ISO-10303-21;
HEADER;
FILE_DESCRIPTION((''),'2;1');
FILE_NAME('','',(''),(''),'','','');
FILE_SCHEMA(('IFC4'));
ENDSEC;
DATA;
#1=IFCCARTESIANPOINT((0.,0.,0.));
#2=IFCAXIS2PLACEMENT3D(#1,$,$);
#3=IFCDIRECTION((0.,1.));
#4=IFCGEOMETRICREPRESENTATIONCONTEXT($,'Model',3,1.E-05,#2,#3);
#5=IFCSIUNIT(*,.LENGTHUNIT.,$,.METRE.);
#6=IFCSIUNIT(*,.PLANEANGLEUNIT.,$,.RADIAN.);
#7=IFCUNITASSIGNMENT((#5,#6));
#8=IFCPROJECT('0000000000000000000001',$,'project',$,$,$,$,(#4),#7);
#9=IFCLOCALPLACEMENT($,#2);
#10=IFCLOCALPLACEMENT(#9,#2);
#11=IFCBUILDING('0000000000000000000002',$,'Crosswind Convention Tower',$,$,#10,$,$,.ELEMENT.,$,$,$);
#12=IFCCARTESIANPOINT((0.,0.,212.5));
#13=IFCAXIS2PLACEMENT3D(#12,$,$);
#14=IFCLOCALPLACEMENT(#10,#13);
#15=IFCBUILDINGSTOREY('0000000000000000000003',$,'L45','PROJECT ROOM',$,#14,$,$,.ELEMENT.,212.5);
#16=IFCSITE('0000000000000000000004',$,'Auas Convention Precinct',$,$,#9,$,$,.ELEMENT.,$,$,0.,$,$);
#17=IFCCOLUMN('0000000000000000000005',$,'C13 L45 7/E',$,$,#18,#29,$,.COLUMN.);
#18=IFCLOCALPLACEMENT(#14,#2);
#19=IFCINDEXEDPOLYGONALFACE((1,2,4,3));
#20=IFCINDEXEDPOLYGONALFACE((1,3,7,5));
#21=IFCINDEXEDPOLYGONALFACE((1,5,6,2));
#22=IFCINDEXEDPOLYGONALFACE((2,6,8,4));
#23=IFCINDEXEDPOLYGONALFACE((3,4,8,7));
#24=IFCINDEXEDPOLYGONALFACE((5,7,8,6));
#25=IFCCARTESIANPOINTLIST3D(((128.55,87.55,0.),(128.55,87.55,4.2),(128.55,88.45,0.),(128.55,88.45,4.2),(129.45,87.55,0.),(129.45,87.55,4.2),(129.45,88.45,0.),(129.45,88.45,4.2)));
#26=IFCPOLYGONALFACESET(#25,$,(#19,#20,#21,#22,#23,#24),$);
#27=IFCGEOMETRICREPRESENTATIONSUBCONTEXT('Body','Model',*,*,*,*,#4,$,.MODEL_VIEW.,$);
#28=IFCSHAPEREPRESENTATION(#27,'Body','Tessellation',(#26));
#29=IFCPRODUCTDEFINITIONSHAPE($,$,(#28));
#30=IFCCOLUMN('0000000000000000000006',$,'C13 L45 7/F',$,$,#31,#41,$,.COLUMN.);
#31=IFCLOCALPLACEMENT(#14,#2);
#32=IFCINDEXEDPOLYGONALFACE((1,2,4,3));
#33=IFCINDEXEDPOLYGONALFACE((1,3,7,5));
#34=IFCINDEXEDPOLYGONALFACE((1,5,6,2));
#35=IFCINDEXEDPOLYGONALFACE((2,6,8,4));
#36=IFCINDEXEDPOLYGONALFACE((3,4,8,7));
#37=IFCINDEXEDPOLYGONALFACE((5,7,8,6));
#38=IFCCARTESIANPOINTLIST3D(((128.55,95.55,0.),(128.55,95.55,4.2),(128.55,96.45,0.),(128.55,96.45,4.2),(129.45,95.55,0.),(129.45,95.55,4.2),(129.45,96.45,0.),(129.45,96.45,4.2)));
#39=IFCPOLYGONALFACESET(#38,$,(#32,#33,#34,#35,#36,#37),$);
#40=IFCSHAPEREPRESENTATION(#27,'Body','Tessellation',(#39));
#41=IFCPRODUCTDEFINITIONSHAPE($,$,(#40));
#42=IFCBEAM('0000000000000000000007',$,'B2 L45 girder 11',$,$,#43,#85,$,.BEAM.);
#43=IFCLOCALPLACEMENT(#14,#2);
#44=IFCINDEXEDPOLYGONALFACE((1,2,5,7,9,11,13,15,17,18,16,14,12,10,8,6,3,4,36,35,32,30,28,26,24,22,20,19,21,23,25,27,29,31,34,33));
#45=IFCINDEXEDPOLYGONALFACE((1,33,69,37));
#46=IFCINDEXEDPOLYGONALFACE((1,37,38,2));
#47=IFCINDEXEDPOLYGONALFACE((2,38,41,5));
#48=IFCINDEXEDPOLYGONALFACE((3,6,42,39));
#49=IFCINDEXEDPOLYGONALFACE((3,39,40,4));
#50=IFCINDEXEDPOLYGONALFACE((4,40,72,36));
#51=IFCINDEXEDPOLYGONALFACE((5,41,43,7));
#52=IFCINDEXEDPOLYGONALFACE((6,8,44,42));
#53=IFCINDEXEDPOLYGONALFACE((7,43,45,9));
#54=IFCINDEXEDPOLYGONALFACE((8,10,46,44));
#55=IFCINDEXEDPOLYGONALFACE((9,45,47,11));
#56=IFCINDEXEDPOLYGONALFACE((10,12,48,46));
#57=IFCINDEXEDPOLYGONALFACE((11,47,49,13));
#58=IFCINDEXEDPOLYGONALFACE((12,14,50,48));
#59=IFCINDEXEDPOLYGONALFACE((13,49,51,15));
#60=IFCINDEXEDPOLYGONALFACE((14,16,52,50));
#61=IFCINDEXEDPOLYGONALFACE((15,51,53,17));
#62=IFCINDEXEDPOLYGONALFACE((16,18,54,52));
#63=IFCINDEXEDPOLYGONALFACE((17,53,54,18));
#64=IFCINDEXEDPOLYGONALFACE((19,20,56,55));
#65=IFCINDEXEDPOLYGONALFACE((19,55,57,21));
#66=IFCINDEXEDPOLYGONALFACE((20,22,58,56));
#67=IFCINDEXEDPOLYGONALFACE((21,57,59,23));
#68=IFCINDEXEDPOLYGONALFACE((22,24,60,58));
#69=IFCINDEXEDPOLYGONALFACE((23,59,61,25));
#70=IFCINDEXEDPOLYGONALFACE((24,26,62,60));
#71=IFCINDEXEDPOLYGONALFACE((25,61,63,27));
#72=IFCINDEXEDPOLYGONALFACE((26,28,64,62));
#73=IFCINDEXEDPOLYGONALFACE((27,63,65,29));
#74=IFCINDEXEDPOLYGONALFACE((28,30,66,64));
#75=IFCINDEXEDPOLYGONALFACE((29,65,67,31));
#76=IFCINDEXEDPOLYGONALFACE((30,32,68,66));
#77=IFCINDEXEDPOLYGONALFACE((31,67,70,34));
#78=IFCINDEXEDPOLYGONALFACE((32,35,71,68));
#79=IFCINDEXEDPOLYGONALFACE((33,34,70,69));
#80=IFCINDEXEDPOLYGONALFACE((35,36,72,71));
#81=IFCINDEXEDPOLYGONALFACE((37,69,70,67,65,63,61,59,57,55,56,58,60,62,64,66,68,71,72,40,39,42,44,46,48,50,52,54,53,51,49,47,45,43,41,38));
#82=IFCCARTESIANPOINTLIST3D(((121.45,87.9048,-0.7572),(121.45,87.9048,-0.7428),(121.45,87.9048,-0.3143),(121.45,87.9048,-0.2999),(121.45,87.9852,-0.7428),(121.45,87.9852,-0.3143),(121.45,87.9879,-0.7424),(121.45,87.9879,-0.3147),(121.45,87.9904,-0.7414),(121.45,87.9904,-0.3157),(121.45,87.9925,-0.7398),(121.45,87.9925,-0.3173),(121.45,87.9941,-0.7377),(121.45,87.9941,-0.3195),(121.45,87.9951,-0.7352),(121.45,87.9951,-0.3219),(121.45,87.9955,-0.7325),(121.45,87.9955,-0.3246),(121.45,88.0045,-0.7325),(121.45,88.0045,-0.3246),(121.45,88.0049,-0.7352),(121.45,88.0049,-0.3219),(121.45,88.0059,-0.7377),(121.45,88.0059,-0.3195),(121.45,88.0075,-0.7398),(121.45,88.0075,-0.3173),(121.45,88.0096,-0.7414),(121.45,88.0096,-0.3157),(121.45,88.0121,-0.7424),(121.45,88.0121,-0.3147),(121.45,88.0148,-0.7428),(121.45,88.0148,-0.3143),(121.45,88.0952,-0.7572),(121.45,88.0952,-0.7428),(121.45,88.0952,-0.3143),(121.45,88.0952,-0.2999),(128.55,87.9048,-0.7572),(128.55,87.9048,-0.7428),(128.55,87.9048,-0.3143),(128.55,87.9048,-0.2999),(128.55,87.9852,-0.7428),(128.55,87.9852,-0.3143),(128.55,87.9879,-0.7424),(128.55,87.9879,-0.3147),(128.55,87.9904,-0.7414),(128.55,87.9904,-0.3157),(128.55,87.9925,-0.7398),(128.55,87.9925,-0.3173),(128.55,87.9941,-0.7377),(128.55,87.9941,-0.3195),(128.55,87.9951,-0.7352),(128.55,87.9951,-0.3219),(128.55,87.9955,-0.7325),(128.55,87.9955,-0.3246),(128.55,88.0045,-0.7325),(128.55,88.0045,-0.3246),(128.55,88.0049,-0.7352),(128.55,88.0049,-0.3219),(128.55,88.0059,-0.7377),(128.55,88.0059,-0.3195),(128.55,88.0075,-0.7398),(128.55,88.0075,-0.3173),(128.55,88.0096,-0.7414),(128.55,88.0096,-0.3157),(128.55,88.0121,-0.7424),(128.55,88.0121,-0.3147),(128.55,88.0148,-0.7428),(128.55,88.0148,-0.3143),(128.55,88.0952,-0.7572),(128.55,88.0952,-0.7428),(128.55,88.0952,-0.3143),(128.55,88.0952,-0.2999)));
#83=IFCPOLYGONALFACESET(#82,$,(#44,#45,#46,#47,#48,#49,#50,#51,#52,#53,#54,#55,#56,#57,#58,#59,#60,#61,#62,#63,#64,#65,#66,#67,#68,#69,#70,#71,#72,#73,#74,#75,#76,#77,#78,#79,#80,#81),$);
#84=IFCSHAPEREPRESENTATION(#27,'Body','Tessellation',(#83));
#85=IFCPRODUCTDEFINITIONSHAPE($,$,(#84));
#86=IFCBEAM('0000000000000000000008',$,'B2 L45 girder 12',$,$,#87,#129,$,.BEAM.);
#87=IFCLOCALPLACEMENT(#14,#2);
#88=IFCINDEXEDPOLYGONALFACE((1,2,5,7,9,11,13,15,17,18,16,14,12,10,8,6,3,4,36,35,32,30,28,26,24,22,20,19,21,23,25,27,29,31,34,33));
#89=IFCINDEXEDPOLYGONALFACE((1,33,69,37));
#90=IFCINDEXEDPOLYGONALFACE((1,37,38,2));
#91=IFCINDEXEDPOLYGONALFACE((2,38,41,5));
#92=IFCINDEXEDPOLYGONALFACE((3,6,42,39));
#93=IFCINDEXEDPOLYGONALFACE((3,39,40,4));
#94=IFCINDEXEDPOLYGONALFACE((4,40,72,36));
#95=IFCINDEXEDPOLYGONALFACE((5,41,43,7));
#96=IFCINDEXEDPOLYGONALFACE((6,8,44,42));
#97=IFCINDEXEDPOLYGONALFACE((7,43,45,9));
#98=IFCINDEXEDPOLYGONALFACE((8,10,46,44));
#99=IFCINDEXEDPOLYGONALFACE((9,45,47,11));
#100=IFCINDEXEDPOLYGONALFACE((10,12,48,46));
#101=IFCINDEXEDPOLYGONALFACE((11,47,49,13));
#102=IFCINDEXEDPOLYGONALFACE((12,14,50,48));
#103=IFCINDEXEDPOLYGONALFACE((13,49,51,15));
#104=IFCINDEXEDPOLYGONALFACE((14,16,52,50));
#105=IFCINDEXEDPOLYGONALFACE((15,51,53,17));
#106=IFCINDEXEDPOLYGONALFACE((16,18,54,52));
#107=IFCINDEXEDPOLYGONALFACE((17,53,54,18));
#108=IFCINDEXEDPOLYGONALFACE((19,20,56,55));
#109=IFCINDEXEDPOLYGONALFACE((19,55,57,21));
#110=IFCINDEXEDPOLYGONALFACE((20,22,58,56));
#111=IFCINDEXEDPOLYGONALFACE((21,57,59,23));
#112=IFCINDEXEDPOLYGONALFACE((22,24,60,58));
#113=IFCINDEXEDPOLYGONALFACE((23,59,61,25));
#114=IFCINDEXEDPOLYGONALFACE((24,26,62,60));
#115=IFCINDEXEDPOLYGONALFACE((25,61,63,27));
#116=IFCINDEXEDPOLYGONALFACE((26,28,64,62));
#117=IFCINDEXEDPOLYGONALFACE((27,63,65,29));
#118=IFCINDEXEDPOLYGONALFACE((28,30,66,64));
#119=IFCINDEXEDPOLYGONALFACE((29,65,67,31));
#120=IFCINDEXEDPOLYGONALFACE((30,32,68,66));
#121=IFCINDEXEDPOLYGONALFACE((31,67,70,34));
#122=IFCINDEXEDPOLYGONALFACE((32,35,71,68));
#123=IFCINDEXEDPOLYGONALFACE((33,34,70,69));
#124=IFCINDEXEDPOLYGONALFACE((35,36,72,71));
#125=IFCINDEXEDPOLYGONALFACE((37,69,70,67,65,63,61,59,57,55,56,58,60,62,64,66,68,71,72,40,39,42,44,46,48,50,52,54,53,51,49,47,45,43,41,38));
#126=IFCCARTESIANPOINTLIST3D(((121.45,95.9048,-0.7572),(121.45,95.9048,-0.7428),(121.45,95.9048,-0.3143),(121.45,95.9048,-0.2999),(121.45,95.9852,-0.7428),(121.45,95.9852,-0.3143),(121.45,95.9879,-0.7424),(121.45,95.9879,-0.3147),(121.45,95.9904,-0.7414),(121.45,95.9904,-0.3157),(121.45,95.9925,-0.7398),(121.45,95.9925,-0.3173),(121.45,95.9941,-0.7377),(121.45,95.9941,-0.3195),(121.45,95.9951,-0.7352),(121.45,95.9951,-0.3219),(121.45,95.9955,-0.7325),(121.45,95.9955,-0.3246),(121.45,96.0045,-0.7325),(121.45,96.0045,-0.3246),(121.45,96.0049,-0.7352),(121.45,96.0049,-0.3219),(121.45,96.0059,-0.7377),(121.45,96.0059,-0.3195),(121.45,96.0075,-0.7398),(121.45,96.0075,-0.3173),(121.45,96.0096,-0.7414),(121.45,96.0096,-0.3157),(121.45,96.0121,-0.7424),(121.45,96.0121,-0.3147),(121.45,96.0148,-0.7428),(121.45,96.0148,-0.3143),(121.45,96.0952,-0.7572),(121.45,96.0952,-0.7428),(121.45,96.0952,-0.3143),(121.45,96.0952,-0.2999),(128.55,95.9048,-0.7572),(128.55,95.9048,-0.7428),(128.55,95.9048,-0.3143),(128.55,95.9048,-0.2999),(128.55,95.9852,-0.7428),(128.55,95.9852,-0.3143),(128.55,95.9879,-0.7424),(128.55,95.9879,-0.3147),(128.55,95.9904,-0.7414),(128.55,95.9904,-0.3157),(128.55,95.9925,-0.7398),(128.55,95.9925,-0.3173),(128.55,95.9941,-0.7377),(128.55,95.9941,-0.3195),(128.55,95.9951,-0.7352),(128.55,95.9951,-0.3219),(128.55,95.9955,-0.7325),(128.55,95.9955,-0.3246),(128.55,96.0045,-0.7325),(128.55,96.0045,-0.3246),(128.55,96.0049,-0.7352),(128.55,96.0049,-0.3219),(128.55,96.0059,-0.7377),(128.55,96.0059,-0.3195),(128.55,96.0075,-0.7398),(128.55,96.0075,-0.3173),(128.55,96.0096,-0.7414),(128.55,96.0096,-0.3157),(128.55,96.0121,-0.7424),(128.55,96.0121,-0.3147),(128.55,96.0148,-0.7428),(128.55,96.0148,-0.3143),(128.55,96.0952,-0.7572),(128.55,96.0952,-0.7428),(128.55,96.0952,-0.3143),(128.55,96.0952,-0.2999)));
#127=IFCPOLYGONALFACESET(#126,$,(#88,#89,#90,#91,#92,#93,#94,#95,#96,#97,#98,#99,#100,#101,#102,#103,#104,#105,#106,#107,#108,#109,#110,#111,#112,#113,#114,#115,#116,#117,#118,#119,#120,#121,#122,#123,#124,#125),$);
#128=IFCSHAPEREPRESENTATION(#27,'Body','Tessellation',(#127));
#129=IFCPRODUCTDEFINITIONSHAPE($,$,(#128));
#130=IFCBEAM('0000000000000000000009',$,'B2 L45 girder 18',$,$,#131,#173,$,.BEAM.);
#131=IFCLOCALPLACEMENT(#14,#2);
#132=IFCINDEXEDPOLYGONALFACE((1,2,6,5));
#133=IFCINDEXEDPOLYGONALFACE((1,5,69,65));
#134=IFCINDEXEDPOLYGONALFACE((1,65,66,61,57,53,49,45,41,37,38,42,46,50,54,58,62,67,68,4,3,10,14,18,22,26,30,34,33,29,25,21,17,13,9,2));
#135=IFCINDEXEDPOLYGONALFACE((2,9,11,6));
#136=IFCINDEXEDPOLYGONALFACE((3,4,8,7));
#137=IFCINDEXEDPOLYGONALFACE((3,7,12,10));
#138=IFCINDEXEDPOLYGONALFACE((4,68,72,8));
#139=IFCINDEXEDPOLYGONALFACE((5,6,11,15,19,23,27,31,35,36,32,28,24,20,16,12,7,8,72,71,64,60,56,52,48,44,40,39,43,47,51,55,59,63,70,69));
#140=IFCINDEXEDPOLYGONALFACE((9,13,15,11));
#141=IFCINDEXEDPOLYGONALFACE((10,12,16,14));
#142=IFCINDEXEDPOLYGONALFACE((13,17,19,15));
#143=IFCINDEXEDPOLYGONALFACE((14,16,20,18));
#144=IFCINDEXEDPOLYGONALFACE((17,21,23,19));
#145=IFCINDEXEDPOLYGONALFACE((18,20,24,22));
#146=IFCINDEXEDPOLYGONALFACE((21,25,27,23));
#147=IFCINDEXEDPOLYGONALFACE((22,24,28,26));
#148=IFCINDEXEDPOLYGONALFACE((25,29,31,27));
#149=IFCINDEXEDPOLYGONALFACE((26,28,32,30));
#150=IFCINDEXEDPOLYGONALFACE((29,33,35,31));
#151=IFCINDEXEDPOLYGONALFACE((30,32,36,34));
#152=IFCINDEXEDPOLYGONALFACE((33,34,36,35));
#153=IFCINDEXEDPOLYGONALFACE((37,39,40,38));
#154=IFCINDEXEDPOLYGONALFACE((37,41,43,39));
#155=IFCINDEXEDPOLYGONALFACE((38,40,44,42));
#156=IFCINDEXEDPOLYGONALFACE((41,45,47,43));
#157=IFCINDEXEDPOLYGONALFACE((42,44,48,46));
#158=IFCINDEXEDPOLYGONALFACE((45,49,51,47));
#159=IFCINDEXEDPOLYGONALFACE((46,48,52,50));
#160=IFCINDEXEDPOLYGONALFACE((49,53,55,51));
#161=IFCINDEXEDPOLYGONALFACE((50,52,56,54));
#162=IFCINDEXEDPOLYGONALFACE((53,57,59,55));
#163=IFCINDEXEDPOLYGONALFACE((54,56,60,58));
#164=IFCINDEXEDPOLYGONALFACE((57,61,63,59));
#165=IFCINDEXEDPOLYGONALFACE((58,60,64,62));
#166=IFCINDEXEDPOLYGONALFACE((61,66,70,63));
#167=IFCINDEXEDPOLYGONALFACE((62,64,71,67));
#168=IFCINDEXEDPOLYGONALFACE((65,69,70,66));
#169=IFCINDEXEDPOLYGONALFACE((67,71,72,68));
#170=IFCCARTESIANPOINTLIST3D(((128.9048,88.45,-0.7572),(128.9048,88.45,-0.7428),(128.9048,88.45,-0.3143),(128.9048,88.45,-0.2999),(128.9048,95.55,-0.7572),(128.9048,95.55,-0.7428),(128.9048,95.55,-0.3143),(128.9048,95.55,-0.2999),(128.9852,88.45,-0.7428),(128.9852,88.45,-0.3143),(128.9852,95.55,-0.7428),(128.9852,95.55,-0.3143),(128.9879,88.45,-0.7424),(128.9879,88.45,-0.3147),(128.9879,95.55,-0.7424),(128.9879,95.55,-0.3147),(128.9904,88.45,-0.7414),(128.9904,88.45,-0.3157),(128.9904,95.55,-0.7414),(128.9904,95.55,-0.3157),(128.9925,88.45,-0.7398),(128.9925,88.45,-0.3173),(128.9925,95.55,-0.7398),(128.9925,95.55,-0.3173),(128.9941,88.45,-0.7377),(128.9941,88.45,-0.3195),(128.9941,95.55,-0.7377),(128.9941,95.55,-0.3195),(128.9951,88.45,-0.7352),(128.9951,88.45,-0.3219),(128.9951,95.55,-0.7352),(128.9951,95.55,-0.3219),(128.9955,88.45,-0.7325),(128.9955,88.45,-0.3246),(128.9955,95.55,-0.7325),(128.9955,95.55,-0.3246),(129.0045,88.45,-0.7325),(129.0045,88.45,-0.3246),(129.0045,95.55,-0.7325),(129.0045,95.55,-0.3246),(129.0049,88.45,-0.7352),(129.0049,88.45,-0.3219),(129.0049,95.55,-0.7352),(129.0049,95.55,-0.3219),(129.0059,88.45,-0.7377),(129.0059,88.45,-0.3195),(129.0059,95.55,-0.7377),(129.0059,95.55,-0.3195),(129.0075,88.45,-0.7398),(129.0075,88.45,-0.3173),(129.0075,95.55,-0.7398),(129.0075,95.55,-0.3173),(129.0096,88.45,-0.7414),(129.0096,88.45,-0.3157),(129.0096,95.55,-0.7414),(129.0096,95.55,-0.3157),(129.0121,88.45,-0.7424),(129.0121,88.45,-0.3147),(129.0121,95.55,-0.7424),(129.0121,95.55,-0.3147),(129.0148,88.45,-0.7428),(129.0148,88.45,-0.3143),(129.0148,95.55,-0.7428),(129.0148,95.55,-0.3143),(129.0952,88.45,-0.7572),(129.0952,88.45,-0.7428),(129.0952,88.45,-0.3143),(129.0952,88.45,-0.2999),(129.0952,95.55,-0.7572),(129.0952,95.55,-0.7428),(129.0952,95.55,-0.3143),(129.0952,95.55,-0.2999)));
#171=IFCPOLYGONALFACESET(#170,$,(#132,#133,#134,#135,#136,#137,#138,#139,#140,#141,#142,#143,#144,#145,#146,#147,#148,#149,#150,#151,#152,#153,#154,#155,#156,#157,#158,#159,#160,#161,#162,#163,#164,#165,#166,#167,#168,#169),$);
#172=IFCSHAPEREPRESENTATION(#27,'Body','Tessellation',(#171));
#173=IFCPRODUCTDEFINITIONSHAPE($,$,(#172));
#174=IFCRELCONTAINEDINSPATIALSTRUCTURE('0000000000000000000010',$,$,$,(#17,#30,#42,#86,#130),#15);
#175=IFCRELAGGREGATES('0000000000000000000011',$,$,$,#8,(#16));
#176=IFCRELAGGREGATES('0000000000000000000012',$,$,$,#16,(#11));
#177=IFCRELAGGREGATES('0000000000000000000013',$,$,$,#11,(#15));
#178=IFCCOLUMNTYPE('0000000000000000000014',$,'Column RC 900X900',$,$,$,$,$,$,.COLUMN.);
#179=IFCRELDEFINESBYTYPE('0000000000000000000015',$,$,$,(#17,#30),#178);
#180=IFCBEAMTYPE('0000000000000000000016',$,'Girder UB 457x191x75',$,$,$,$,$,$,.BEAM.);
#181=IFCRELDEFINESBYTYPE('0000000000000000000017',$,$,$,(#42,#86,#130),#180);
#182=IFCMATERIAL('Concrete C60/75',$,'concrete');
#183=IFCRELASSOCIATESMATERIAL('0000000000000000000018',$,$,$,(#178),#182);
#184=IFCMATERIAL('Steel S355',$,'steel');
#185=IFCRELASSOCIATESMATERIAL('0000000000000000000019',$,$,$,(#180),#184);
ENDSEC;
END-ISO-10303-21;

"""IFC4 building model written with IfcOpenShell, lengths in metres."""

from ifc_helpers import new_model, si_unit, direction, frame, origin, origin_2d, place, context, subcontext, project, spatial, rectangle, i_section, extrude, material, material_profile, profile_set, type_object, element, save


model = new_model("IFC4")

# Units and contexts
model_context = context("Model", 3, precision=1e-05, world=origin(), true_north=direction((0.0, 1.0)))
body_context = subcontext(model_context, "Body", "Model", "MODEL_VIEW")
ifc_project = project(units=[si_unit("LENGTHUNIT", "METRE"), si_unit("PLANEANGLEUNIT", "RADIAN")], contexts=[model_context])

# Site, building, storey
site_placement = place(None, origin())
site = spatial("IfcSite", under=ifc_project, at=site_placement, Name="Auas Convention Precinct", CompositionType="ELEMENT", RefElevation=0.0)
building_placement = place(site_placement, origin())
building = spatial("IfcBuilding", under=site, at=building_placement, Name="Crosswind Convention Tower", CompositionType="ELEMENT")
storey_placement = place(building_placement, frame((0.0, 0.0, 212.5)))
storey = spatial("IfcBuildingStorey", under=building, at=storey_placement, Name="L45", Description="PROJECT ROOM", CompositionType="ELEMENT", Elevation=212.5)

# Columns
ifc_material_1 = material(Name="Concrete C60/75", Category="concrete")
ifc_material_profile_1 = material_profile(ifc_material_1, rectangle(XDim=0.8999, YDim=0.8999, at=origin_2d()), Name="RC 900X900")
ifc_profile_set_1 = profile_set([ifc_material_profile_1], Name="Concrete C60/75")
column_type = type_object("IfcColumnType", Name="Column RC 900X900", PredefinedType="COLUMN", material=ifc_profile_set_1)
for number, where, z_axis, x_axis, name in (
    (1, (129.0, 88.0, 0.0), (0.0, 0.0, 1.0), (1.0, 0.0, 0.0), "C13 L45 7/E"),
    (2, (129.0, 96.0, 0.0), (0.0, 0.0, 1.0), (1.0, 0.0, 0.0), "C13 L45 7/F"),
):
    element("IfcColumn", number, at=place(storey_placement, frame(where, z_axis=z_axis, x_axis=x_axis)), inside=storey, type_object=column_type, Name=name, PredefinedType="COLUMN", context=body_context, shape_type="SweptSolid", body=[
        extrude(rectangle(XDim=0.8999, YDim=0.8999, at=origin_2d()), origin(), (0.0, 0.0, 1.0), 4.2),
    ])

# Beams
ifc_material_2 = material(Name="Steel S355", Category="steel")
ifc_material_profile_2 = material_profile(ifc_material_2, i_section(OverallWidth=0.1904, OverallDepth=0.4573, WebThickness=0.009, FlangeThickness=0.0144, FilletRadius=0.0103, at=origin_2d()), Name="UB 457x191x75")
ifc_profile_set_2 = profile_set([ifc_material_profile_2], Name="Steel S355")
beam_type_1 = type_object("IfcBeamType", Name="Girder UB 457x191x75", PredefinedType="BEAM", material=ifc_profile_set_2)
for number, where, z_axis, x_axis, name in (
    (3, (121.45, 88.0, -0.5286), (1.0, 0.0, 0.0), (0.0, 1.0, 0.0), "B2 L45 girder 11"),
    (4, (121.45, 96.0, -0.5286), (1.0, 0.0, 0.0), (0.0, 1.0, 0.0), "B2 L45 girder 12"),
    (5, (129.0, 88.45, -0.5286), (0.0, 1.0, 0.0), (-1.0, 0.0, 0.0), "B2 L45 girder 18"),
):
    element("IfcBeam", number, at=place(storey_placement, frame(where, z_axis=z_axis, x_axis=x_axis)), inside=storey, type_object=beam_type_1, Name=name, PredefinedType="BEAM", context=body_context, shape_type="SweptSolid", body=[
        extrude(i_section(OverallWidth=0.1904, OverallDepth=0.4573, WebThickness=0.009, FlangeThickness=0.0144, FilletRadius=0.0103, at=origin_2d()), origin(), (0.0, 0.0, 1.0), 7.1001),
    ])

save(model, "model.ifc")
